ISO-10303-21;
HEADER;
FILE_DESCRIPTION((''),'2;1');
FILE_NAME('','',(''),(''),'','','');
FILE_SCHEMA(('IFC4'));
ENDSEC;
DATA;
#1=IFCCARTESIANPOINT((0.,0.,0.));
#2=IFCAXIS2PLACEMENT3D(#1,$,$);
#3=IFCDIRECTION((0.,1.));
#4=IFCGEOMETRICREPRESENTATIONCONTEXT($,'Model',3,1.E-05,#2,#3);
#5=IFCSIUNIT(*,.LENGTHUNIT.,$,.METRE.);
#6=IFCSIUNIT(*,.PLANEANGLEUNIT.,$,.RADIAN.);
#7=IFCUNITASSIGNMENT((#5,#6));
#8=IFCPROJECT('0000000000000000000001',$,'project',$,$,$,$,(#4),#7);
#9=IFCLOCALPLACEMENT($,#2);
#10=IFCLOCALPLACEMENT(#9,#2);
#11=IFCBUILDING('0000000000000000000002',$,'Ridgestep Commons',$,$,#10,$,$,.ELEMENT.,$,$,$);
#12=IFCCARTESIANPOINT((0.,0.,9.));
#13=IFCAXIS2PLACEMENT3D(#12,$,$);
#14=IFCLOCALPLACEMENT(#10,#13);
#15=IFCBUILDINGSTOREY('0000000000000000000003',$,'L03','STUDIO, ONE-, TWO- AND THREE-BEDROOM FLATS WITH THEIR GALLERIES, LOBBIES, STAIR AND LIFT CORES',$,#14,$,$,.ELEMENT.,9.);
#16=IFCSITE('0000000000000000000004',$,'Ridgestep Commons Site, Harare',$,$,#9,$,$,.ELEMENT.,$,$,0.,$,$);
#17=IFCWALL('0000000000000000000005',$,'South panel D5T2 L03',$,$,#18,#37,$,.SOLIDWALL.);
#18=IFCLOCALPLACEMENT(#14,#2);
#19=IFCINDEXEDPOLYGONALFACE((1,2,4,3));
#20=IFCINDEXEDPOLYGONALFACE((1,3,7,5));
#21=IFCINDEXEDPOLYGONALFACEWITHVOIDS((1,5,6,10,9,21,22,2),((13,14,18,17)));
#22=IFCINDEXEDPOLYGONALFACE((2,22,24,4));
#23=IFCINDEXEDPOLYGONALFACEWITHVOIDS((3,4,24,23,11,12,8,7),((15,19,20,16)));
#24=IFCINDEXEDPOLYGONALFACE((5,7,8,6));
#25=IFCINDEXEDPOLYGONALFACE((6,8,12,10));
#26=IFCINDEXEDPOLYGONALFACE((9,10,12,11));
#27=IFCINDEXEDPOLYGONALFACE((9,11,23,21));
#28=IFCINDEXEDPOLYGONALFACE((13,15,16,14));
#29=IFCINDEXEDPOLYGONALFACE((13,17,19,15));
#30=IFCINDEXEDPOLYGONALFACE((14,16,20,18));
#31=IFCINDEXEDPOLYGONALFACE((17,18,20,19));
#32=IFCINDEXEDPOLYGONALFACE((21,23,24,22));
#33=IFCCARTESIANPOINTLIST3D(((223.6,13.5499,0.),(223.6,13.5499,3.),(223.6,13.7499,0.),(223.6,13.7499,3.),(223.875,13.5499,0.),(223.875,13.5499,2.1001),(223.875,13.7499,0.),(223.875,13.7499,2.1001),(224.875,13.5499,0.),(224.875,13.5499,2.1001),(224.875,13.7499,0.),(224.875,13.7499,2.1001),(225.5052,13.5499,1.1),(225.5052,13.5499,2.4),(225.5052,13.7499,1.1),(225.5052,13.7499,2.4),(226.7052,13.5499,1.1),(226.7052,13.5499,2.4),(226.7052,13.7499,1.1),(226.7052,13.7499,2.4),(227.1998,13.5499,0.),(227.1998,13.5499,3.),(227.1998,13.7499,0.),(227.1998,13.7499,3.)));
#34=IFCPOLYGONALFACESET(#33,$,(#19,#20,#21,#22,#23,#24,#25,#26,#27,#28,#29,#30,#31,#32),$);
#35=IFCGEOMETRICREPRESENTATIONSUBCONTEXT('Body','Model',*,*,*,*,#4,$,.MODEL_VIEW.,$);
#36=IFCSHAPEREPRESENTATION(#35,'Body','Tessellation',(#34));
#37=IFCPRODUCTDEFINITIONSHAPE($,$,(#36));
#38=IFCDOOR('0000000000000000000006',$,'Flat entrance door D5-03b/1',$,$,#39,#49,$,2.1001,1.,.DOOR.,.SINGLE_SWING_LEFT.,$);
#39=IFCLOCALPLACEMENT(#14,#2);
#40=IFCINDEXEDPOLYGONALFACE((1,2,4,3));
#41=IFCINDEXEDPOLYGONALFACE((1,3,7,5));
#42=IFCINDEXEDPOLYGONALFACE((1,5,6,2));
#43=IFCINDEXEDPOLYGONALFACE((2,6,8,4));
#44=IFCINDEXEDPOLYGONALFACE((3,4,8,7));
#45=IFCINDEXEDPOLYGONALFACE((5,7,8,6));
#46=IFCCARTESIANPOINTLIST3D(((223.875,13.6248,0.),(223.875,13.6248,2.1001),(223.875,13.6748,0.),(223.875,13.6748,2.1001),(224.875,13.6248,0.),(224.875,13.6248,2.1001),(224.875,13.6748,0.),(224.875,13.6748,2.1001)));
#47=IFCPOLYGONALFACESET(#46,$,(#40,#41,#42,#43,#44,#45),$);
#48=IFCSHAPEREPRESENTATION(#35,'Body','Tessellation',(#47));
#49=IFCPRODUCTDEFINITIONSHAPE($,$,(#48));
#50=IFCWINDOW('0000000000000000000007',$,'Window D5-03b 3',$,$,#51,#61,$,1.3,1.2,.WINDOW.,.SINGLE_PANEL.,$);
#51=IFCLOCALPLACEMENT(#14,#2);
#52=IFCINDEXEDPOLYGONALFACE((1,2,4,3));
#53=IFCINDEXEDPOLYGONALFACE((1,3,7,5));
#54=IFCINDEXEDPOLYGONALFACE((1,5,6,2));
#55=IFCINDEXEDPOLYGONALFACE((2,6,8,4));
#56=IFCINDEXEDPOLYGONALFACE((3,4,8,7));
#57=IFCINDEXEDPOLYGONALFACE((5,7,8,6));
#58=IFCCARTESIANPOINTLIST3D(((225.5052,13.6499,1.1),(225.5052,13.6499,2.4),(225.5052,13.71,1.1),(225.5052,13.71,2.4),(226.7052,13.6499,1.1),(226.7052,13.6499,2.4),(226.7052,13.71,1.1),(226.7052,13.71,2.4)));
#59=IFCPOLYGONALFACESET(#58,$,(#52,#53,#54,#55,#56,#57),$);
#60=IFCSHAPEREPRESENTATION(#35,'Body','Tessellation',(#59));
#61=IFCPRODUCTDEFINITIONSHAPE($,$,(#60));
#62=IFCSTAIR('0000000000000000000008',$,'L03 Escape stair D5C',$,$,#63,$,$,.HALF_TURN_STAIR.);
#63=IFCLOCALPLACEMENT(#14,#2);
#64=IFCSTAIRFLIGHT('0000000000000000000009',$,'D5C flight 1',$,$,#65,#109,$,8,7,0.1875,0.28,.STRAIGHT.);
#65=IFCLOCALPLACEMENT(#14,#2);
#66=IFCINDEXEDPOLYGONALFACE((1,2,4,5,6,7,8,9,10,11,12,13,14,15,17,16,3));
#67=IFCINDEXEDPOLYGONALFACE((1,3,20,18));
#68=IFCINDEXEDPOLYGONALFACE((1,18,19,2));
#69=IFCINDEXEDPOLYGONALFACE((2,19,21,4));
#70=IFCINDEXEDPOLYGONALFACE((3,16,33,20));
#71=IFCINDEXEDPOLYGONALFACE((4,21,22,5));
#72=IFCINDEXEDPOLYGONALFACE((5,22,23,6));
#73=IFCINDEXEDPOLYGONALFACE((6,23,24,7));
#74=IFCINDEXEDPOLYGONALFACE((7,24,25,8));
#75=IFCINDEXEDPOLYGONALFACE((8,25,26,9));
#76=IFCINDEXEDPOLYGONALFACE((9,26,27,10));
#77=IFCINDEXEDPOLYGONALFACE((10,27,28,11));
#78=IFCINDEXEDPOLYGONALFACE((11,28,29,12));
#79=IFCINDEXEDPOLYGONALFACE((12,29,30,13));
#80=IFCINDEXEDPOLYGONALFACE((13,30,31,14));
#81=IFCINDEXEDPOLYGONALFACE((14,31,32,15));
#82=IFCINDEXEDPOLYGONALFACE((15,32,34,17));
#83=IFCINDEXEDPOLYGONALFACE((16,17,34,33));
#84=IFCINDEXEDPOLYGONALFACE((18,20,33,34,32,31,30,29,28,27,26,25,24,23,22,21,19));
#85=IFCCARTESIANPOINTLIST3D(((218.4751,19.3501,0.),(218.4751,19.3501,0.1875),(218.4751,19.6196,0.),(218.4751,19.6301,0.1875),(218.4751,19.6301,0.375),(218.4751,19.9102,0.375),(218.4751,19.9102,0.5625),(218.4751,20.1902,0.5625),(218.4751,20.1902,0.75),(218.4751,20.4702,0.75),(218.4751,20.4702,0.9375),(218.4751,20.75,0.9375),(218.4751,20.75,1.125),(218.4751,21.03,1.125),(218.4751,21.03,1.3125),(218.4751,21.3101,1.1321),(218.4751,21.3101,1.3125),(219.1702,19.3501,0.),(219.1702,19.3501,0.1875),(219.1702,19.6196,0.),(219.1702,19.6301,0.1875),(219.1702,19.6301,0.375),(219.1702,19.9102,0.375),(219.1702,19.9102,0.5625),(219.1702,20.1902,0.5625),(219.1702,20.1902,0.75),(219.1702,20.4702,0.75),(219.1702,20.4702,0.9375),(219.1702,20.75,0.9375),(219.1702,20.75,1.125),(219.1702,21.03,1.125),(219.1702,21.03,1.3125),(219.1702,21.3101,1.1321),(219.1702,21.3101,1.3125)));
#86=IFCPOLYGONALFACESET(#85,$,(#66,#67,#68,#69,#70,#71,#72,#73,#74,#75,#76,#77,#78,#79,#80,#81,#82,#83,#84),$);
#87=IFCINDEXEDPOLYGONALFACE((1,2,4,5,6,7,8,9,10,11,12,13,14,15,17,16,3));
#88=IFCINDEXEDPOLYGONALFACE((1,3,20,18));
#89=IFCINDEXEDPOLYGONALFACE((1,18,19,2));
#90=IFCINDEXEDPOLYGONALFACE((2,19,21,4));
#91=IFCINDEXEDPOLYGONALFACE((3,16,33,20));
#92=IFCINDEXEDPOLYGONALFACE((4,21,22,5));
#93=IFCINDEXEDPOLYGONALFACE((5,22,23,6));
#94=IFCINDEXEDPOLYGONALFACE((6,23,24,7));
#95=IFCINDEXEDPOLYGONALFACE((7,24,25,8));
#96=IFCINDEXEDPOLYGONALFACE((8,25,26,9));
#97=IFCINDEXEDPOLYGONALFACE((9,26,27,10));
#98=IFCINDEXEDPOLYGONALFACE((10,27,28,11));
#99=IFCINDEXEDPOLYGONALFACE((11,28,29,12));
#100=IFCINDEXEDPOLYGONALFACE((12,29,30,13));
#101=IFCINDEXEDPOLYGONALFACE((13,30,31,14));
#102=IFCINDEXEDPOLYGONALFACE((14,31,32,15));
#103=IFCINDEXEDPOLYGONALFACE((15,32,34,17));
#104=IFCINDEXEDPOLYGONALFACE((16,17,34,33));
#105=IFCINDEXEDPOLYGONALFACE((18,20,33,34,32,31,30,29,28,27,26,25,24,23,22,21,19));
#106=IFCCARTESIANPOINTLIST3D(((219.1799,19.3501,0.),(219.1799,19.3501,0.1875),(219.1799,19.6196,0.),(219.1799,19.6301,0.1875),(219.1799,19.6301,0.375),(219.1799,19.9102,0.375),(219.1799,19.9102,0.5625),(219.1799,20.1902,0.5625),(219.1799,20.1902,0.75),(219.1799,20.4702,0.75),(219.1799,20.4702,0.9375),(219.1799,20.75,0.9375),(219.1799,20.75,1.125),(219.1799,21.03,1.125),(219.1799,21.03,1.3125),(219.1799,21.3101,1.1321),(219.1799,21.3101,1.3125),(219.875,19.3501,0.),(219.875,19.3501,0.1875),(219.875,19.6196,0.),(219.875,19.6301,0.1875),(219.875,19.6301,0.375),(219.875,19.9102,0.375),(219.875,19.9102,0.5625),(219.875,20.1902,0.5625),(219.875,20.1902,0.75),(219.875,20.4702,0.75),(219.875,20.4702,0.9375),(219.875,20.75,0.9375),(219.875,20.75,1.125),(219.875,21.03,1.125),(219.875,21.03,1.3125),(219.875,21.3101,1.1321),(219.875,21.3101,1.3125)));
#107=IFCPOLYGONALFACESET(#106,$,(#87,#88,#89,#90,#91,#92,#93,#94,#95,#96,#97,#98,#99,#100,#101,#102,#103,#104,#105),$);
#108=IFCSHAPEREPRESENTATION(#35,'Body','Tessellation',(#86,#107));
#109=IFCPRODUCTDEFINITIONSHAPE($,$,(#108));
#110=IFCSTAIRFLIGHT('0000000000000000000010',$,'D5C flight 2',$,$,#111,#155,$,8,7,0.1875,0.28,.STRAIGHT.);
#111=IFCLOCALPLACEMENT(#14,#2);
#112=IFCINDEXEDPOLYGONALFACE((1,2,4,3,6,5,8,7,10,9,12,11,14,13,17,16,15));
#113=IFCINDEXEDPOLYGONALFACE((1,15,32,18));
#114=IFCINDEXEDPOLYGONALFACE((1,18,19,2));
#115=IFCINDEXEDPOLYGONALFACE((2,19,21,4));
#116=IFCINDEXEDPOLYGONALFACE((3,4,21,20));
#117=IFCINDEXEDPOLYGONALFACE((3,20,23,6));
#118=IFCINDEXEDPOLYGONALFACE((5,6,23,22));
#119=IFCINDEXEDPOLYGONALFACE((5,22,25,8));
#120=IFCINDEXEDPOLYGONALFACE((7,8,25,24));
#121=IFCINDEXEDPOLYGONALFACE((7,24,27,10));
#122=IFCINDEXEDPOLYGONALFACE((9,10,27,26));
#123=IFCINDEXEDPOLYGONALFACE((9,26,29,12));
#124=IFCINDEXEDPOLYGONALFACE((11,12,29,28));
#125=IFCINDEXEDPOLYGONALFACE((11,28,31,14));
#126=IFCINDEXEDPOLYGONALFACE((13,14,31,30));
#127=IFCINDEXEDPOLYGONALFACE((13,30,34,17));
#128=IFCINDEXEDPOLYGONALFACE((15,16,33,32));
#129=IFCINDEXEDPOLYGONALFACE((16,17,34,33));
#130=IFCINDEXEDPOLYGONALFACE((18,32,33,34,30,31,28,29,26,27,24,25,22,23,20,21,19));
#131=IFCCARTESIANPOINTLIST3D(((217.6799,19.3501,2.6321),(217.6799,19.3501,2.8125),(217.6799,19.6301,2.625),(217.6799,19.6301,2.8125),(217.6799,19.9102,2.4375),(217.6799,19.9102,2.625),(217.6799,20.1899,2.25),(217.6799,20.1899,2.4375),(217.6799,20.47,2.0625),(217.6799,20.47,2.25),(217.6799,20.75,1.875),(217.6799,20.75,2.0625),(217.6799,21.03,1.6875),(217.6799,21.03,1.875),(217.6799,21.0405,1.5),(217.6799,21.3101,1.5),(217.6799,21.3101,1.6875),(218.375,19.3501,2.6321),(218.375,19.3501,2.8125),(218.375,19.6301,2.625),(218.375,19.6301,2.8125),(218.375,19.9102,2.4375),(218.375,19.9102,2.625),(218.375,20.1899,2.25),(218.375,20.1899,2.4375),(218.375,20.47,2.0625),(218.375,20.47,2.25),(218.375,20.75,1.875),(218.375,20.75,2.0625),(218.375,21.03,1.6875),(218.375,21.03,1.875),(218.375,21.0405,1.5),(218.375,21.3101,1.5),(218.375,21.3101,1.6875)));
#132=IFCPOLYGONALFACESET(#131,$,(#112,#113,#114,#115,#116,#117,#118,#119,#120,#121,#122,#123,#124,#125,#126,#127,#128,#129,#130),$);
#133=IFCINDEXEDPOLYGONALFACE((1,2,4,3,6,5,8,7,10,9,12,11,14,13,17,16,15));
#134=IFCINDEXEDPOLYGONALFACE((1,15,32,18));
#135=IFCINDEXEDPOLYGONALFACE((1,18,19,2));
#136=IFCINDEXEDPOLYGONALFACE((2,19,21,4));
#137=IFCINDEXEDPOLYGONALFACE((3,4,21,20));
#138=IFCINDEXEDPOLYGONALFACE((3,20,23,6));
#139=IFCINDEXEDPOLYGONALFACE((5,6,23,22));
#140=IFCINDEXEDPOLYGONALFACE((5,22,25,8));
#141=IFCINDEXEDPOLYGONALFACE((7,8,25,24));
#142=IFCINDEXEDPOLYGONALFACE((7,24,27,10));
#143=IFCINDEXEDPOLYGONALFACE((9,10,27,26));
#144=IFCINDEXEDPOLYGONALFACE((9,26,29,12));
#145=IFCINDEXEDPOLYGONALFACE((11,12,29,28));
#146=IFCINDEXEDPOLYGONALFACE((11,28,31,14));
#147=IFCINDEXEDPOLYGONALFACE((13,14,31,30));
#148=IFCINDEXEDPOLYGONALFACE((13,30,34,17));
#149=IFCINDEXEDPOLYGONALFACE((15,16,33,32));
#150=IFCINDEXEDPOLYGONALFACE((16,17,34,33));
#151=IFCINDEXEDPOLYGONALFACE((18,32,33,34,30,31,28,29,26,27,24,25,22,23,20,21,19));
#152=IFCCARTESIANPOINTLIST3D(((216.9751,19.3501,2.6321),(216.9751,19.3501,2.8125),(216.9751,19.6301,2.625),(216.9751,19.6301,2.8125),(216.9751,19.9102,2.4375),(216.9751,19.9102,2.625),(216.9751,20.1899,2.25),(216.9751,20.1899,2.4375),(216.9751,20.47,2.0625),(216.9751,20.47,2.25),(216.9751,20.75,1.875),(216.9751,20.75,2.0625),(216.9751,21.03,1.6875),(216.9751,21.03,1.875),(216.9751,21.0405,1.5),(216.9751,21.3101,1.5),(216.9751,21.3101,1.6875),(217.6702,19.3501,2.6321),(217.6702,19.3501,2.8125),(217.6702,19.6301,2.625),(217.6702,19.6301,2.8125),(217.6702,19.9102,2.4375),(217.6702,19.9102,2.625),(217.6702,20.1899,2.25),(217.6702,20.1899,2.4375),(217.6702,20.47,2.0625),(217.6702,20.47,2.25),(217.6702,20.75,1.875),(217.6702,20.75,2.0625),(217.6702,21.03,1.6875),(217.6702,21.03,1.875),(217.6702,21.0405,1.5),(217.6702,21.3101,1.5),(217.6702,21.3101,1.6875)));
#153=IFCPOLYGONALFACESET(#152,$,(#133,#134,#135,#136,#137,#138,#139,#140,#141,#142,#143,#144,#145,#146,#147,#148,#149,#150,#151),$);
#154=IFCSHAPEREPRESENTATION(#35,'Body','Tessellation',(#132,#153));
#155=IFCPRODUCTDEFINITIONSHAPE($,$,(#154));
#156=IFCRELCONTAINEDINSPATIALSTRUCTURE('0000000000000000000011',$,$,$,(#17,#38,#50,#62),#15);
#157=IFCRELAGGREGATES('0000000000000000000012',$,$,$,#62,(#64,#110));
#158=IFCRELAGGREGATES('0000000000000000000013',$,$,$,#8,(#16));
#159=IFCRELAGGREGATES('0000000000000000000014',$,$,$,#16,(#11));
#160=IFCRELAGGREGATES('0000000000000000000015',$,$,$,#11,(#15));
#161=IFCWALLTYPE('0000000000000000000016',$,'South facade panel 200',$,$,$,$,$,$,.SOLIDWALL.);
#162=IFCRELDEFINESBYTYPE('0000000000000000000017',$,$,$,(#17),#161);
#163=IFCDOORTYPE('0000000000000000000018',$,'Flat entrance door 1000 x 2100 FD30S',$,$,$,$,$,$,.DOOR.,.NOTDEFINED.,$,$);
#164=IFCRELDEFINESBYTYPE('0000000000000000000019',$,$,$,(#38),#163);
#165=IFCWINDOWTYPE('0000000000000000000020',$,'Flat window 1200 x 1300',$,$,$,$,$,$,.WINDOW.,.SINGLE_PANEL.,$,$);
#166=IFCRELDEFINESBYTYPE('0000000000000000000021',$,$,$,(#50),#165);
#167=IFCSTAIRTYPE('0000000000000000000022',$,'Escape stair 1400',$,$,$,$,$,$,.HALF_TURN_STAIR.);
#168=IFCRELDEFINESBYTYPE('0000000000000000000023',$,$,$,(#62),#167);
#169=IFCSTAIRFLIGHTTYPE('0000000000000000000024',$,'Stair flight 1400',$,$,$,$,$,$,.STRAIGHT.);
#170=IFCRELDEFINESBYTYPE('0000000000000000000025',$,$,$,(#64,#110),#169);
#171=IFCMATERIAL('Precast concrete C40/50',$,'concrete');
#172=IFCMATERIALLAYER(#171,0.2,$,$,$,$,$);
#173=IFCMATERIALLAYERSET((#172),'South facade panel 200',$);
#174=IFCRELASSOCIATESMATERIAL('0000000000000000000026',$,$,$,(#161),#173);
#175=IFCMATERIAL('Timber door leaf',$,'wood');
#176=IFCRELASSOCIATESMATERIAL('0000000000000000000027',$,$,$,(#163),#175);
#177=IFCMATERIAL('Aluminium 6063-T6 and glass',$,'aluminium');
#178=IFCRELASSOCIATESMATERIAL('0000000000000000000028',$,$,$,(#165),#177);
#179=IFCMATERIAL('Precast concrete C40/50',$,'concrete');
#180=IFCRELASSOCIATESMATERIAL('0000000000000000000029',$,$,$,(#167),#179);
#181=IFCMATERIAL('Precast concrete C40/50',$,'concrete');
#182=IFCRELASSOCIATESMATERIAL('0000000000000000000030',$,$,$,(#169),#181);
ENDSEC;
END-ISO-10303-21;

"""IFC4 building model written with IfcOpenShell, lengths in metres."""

from ifc_helpers import new_model, si_unit, direction, frame, frame_2d, origin, place, context, subcontext, project, spatial, polyline, rectangle, outline, extrude, material, layer, layer_set, type_object, element, fill, aggregate, save


model = new_model("IFC4")

# Units and contexts
model_context = context("Model", 3, precision=1e-05, world=origin(), true_north=direction((0.0, 1.0)))
body_context = subcontext(model_context, "Body", "Model", "MODEL_VIEW")
ifc_project = project(units=[si_unit("LENGTHUNIT", "METRE"), si_unit("PLANEANGLEUNIT", "RADIAN")], contexts=[model_context])

# Site, building, storey
site_placement = place(None, origin())
site = spatial("IfcSite", under=ifc_project, at=site_placement, Name="Ridgestep Commons Site, Harare", CompositionType="ELEMENT", RefElevation=0.0)
building_placement = place(site_placement, origin())
building = spatial("IfcBuilding", under=site, at=building_placement, Name="Ridgestep Commons", CompositionType="ELEMENT")
storey_placement = place(building_placement, frame((0.0, 0.0, 9.0)))
storey = spatial("IfcBuildingStorey", under=building, at=storey_placement, Name="L03", Description="STUDIO, ONE-, TWO- AND THREE-BEDROOM FLATS WITH THEIR GALLERIES, LOBBIES, STAIR AND LIFT CORES", CompositionType="ELEMENT", Elevation=9.0)

# Shared definitions
ifc_material_1 = material(Name="Precast concrete C40/50", Category="concrete")
ifc_layer_1 = layer(ifc_material_1, 0.2)
ifc_layer_set_1 = layer_set([ifc_layer_1], Name="South facade panel 200")
wall_type_1 = type_object("IfcWallType", Name="South facade panel 200", PredefinedType="SOLIDWALL", material=ifc_layer_set_1)

# Wall, openings, door, window
wall_1_placement = place(storey_placement, frame((223.6001, 13.6499, 0.0), z_axis=(0.0, 0.0, 1.0), x_axis=(1.0, 0.0, 0.0)))
wall_1 = element("IfcWall", 1, at=wall_1_placement, inside=storey, type_object=wall_type_1, Name="South panel D5T2 L03", PredefinedType="SOLIDWALL", context=body_context, shape_type="SweptSolid", body=[
    extrude(rectangle(XDim=3.5999, YDim=0.2, at=frame_2d((1.7998, 0.0))), origin(), (0.0, 0.0, 1.0), 3.0),
])
opening_1_placement = place(wall_1_placement, frame((1.905, 0.0, 1.1001)))
opening_1 = element("IfcOpeningElement", 2, at=opening_1_placement, cuts=wall_1, PredefinedType="OPENING", context=body_context, shape_type="SweptSolid", body=[
    extrude(rectangle(XDim=1.2, YDim=1.3, at=frame_2d((0.6001, 0.6499))), frame((0.0, 0.1099, 0.0), z_axis=(0.0, -1.0, 0.0), x_axis=(1.0, 0.0, 0.0)), (0.0, 0.0, 1.0), 0.22),
])
opening_2_placement = place(wall_1_placement, frame((0.2749, 0.0, 0.0)))
opening_2 = element("IfcOpeningElement", 3, at=opening_2_placement, cuts=wall_1, PredefinedType="OPENING", context=body_context, shape_type="SweptSolid", body=[
    extrude(rectangle(XDim=1.0, YDim=2.1001, at=frame_2d((0.5, 1.05))), frame((0.0, 0.1099, 0.0), z_axis=(0.0, -1.0, 0.0), x_axis=(1.0, 0.0, 0.0)), (0.0, 0.0, 1.0), 0.22),
])
ifc_material_2 = material(Name="Timber door leaf", Category="wood")
door_type_1 = type_object("IfcDoorType", Name="Flat entrance door 1000 x 2100 FD30S", OperationType="NOTDEFINED", PredefinedType="DOOR", material=ifc_material_2)
door_1_placement = place(opening_2_placement, origin())
door_1 = element("IfcDoor", 4, at=door_1_placement, inside=storey, type_object=door_type_1, Name="Flat entrance door D5-03b/1", OperationType="SINGLE_SWING_LEFT", OverallHeight=2.1001, OverallWidth=1.0, PredefinedType="DOOR", context=body_context, shape_type="SweptSolid", body=[
    extrude(rectangle(XDim=1.0, YDim=2.1001, at=frame_2d((0.5, 1.05))), frame((0.0, 0.0249, 0.0), z_axis=(0.0, -1.0, 0.0), x_axis=(1.0, 0.0, 0.0)), (0.0, 0.0, 1.0), 0.05),
])
fill(opening_2, door_1)
ifc_material_3 = material(Name="Aluminium 6063-T6 and glass", Category="aluminium")
window_type_1 = type_object("IfcWindowType", Name="Flat window 1200 x 1300", PartitioningType="SINGLE_PANEL", PredefinedType="WINDOW", material=ifc_material_3)
window_1_placement = place(opening_1_placement, origin())
window_1 = element("IfcWindow", 5, at=window_1_placement, inside=storey, type_object=window_type_1, Name="Window D5-03b 3", OverallHeight=1.3, OverallWidth=1.2, PartitioningType="SINGLE_PANEL", PredefinedType="WINDOW", context=body_context, shape_type="SweptSolid", body=[
    extrude(rectangle(XDim=1.2, YDim=1.3, at=frame_2d((0.6001, 0.6499))), frame((0.0, 0.0601, 0.0), z_axis=(0.0, -1.0, 0.0), x_axis=(1.0, 0.0, 0.0)), (0.0, 0.0, 1.0), 0.0601),
])
fill(opening_1, window_1)

# Stair, stair flights
ifc_material_4 = material(Name="Precast concrete C40/50", Category="concrete")
stair_type = type_object("IfcStairType", Name="Escape stair 1400", PredefinedType="HALF_TURN_STAIR", material=ifc_material_4)
stair_placement = place(storey_placement, origin())
stair = element("IfcStair", 6, at=stair_placement, inside=storey, type_object=stair_type, Name="L03 Escape stair D5C", PredefinedType="HALF_TURN_STAIR")
ifc_material_5 = material(Name="Precast concrete C40/50", Category="concrete")
stair_flight_type = type_object("IfcStairFlightType", Name="Stair flight 1400", PredefinedType="STRAIGHT", material=ifc_material_5)
stair_flight_1_placement = place(storey_placement, frame((219.175, 19.3501, 0.0), z_axis=(0.0, 0.0, 1.0), x_axis=(0.0, 1.0, 0.0)))
stair_flight_1 = element("IfcStairFlight", 7, at=stair_flight_1_placement, type_object=stair_flight_type, Name="D5C flight 1", NumberOfRisers=8, NumberOfTreads=7, PredefinedType="STRAIGHT", RiserHeight=0.1875, TreadLength=0.28, context=body_context, shape_type="SweptSolid", body=[
    extrude(outline(polyline([(0.0, 0.0), (0.0, 0.1875), (0.28, 0.1875), (0.28, 0.375), (0.5601, 0.375), (0.5601, 0.5625), (0.8401, 0.5625), (0.8401, 0.75), (1.1201, 0.75), (1.1201, 0.9375), (1.3999, 0.9375), (1.3999, 1.125), (1.6799, 1.125), (1.6799, 1.3125), (1.96, 1.3125), (1.96, 1.5), (1.96, 1.1321), (0.2695, 0.0), (0.0, 0.0)])), frame((0.0, 0.7, 0.0), z_axis=(0.0, -1.0, 0.0), x_axis=(1.0, 0.0, 0.0)), (0.0, 0.0, 1.0), 0.6951),
    extrude(outline(polyline([(0.0, 0.0), (0.0, 0.1875), (0.28, 0.1875), (0.28, 0.375), (0.5601, 0.375), (0.5601, 0.5625), (0.8401, 0.5625), (0.8401, 0.75), (1.1201, 0.75), (1.1201, 0.9375), (1.3999, 0.9375), (1.3999, 1.125), (1.6799, 1.125), (1.6799, 1.3125), (1.96, 1.3125), (1.96, 1.5), (1.96, 1.1321), (0.2695, 0.0), (0.0, 0.0)])), frame((0.0, -0.0049, 0.0), z_axis=(0.0, -1.0, 0.0), x_axis=(1.0, 0.0, 0.0)), (0.0, 0.0, 1.0), 0.6951),
])
stair_flight_2_placement = place(storey_placement, frame((217.675, 21.3101, 1.5), z_axis=(0.0, 0.0, 1.0), x_axis=(0.0, -1.0, 0.0)))
stair_flight_2 = element("IfcStairFlight", 8, at=stair_flight_2_placement, type_object=stair_flight_type, Name="D5C flight 2", NumberOfRisers=8, NumberOfTreads=7, PredefinedType="STRAIGHT", RiserHeight=0.1875, TreadLength=0.28, context=body_context, shape_type="SweptSolid", body=[
    extrude(outline(polyline([(0.0, 0.0), (0.0, 0.1875), (0.28, 0.1875), (0.28, 0.375), (0.5601, 0.375), (0.5601, 0.5625), (0.8401, 0.5625), (0.8401, 0.75), (1.1201, 0.75), (1.1201, 0.9375), (1.3999, 0.9375), (1.3999, 1.125), (1.6799, 1.125), (1.6799, 1.3125), (1.96, 1.3125), (1.96, 1.5), (1.96, 1.1321), (0.2695, 0.0), (0.0, 0.0)])), frame((0.0, 0.7, 0.0), z_axis=(0.0, -1.0, 0.0), x_axis=(1.0, 0.0, 0.0)), (0.0, 0.0, 1.0), 0.6951),
    extrude(outline(polyline([(0.0, 0.0), (0.0, 0.1875), (0.28, 0.1875), (0.28, 0.375), (0.5601, 0.375), (0.5601, 0.5625), (0.8401, 0.5625), (0.8401, 0.75), (1.1201, 0.75), (1.1201, 0.9375), (1.3999, 0.9375), (1.3999, 1.125), (1.6799, 1.125), (1.6799, 1.3125), (1.96, 1.3125), (1.96, 1.5), (1.96, 1.1321), (0.2695, 0.0), (0.0, 0.0)])), frame((0.0, -0.0049, 0.0), z_axis=(0.0, -1.0, 0.0), x_axis=(1.0, 0.0, 0.0)), (0.0, 0.0, 1.0), 0.6951),
])
aggregate(stair, [stair_flight_1, stair_flight_2])

save(model, "model.ifc")
